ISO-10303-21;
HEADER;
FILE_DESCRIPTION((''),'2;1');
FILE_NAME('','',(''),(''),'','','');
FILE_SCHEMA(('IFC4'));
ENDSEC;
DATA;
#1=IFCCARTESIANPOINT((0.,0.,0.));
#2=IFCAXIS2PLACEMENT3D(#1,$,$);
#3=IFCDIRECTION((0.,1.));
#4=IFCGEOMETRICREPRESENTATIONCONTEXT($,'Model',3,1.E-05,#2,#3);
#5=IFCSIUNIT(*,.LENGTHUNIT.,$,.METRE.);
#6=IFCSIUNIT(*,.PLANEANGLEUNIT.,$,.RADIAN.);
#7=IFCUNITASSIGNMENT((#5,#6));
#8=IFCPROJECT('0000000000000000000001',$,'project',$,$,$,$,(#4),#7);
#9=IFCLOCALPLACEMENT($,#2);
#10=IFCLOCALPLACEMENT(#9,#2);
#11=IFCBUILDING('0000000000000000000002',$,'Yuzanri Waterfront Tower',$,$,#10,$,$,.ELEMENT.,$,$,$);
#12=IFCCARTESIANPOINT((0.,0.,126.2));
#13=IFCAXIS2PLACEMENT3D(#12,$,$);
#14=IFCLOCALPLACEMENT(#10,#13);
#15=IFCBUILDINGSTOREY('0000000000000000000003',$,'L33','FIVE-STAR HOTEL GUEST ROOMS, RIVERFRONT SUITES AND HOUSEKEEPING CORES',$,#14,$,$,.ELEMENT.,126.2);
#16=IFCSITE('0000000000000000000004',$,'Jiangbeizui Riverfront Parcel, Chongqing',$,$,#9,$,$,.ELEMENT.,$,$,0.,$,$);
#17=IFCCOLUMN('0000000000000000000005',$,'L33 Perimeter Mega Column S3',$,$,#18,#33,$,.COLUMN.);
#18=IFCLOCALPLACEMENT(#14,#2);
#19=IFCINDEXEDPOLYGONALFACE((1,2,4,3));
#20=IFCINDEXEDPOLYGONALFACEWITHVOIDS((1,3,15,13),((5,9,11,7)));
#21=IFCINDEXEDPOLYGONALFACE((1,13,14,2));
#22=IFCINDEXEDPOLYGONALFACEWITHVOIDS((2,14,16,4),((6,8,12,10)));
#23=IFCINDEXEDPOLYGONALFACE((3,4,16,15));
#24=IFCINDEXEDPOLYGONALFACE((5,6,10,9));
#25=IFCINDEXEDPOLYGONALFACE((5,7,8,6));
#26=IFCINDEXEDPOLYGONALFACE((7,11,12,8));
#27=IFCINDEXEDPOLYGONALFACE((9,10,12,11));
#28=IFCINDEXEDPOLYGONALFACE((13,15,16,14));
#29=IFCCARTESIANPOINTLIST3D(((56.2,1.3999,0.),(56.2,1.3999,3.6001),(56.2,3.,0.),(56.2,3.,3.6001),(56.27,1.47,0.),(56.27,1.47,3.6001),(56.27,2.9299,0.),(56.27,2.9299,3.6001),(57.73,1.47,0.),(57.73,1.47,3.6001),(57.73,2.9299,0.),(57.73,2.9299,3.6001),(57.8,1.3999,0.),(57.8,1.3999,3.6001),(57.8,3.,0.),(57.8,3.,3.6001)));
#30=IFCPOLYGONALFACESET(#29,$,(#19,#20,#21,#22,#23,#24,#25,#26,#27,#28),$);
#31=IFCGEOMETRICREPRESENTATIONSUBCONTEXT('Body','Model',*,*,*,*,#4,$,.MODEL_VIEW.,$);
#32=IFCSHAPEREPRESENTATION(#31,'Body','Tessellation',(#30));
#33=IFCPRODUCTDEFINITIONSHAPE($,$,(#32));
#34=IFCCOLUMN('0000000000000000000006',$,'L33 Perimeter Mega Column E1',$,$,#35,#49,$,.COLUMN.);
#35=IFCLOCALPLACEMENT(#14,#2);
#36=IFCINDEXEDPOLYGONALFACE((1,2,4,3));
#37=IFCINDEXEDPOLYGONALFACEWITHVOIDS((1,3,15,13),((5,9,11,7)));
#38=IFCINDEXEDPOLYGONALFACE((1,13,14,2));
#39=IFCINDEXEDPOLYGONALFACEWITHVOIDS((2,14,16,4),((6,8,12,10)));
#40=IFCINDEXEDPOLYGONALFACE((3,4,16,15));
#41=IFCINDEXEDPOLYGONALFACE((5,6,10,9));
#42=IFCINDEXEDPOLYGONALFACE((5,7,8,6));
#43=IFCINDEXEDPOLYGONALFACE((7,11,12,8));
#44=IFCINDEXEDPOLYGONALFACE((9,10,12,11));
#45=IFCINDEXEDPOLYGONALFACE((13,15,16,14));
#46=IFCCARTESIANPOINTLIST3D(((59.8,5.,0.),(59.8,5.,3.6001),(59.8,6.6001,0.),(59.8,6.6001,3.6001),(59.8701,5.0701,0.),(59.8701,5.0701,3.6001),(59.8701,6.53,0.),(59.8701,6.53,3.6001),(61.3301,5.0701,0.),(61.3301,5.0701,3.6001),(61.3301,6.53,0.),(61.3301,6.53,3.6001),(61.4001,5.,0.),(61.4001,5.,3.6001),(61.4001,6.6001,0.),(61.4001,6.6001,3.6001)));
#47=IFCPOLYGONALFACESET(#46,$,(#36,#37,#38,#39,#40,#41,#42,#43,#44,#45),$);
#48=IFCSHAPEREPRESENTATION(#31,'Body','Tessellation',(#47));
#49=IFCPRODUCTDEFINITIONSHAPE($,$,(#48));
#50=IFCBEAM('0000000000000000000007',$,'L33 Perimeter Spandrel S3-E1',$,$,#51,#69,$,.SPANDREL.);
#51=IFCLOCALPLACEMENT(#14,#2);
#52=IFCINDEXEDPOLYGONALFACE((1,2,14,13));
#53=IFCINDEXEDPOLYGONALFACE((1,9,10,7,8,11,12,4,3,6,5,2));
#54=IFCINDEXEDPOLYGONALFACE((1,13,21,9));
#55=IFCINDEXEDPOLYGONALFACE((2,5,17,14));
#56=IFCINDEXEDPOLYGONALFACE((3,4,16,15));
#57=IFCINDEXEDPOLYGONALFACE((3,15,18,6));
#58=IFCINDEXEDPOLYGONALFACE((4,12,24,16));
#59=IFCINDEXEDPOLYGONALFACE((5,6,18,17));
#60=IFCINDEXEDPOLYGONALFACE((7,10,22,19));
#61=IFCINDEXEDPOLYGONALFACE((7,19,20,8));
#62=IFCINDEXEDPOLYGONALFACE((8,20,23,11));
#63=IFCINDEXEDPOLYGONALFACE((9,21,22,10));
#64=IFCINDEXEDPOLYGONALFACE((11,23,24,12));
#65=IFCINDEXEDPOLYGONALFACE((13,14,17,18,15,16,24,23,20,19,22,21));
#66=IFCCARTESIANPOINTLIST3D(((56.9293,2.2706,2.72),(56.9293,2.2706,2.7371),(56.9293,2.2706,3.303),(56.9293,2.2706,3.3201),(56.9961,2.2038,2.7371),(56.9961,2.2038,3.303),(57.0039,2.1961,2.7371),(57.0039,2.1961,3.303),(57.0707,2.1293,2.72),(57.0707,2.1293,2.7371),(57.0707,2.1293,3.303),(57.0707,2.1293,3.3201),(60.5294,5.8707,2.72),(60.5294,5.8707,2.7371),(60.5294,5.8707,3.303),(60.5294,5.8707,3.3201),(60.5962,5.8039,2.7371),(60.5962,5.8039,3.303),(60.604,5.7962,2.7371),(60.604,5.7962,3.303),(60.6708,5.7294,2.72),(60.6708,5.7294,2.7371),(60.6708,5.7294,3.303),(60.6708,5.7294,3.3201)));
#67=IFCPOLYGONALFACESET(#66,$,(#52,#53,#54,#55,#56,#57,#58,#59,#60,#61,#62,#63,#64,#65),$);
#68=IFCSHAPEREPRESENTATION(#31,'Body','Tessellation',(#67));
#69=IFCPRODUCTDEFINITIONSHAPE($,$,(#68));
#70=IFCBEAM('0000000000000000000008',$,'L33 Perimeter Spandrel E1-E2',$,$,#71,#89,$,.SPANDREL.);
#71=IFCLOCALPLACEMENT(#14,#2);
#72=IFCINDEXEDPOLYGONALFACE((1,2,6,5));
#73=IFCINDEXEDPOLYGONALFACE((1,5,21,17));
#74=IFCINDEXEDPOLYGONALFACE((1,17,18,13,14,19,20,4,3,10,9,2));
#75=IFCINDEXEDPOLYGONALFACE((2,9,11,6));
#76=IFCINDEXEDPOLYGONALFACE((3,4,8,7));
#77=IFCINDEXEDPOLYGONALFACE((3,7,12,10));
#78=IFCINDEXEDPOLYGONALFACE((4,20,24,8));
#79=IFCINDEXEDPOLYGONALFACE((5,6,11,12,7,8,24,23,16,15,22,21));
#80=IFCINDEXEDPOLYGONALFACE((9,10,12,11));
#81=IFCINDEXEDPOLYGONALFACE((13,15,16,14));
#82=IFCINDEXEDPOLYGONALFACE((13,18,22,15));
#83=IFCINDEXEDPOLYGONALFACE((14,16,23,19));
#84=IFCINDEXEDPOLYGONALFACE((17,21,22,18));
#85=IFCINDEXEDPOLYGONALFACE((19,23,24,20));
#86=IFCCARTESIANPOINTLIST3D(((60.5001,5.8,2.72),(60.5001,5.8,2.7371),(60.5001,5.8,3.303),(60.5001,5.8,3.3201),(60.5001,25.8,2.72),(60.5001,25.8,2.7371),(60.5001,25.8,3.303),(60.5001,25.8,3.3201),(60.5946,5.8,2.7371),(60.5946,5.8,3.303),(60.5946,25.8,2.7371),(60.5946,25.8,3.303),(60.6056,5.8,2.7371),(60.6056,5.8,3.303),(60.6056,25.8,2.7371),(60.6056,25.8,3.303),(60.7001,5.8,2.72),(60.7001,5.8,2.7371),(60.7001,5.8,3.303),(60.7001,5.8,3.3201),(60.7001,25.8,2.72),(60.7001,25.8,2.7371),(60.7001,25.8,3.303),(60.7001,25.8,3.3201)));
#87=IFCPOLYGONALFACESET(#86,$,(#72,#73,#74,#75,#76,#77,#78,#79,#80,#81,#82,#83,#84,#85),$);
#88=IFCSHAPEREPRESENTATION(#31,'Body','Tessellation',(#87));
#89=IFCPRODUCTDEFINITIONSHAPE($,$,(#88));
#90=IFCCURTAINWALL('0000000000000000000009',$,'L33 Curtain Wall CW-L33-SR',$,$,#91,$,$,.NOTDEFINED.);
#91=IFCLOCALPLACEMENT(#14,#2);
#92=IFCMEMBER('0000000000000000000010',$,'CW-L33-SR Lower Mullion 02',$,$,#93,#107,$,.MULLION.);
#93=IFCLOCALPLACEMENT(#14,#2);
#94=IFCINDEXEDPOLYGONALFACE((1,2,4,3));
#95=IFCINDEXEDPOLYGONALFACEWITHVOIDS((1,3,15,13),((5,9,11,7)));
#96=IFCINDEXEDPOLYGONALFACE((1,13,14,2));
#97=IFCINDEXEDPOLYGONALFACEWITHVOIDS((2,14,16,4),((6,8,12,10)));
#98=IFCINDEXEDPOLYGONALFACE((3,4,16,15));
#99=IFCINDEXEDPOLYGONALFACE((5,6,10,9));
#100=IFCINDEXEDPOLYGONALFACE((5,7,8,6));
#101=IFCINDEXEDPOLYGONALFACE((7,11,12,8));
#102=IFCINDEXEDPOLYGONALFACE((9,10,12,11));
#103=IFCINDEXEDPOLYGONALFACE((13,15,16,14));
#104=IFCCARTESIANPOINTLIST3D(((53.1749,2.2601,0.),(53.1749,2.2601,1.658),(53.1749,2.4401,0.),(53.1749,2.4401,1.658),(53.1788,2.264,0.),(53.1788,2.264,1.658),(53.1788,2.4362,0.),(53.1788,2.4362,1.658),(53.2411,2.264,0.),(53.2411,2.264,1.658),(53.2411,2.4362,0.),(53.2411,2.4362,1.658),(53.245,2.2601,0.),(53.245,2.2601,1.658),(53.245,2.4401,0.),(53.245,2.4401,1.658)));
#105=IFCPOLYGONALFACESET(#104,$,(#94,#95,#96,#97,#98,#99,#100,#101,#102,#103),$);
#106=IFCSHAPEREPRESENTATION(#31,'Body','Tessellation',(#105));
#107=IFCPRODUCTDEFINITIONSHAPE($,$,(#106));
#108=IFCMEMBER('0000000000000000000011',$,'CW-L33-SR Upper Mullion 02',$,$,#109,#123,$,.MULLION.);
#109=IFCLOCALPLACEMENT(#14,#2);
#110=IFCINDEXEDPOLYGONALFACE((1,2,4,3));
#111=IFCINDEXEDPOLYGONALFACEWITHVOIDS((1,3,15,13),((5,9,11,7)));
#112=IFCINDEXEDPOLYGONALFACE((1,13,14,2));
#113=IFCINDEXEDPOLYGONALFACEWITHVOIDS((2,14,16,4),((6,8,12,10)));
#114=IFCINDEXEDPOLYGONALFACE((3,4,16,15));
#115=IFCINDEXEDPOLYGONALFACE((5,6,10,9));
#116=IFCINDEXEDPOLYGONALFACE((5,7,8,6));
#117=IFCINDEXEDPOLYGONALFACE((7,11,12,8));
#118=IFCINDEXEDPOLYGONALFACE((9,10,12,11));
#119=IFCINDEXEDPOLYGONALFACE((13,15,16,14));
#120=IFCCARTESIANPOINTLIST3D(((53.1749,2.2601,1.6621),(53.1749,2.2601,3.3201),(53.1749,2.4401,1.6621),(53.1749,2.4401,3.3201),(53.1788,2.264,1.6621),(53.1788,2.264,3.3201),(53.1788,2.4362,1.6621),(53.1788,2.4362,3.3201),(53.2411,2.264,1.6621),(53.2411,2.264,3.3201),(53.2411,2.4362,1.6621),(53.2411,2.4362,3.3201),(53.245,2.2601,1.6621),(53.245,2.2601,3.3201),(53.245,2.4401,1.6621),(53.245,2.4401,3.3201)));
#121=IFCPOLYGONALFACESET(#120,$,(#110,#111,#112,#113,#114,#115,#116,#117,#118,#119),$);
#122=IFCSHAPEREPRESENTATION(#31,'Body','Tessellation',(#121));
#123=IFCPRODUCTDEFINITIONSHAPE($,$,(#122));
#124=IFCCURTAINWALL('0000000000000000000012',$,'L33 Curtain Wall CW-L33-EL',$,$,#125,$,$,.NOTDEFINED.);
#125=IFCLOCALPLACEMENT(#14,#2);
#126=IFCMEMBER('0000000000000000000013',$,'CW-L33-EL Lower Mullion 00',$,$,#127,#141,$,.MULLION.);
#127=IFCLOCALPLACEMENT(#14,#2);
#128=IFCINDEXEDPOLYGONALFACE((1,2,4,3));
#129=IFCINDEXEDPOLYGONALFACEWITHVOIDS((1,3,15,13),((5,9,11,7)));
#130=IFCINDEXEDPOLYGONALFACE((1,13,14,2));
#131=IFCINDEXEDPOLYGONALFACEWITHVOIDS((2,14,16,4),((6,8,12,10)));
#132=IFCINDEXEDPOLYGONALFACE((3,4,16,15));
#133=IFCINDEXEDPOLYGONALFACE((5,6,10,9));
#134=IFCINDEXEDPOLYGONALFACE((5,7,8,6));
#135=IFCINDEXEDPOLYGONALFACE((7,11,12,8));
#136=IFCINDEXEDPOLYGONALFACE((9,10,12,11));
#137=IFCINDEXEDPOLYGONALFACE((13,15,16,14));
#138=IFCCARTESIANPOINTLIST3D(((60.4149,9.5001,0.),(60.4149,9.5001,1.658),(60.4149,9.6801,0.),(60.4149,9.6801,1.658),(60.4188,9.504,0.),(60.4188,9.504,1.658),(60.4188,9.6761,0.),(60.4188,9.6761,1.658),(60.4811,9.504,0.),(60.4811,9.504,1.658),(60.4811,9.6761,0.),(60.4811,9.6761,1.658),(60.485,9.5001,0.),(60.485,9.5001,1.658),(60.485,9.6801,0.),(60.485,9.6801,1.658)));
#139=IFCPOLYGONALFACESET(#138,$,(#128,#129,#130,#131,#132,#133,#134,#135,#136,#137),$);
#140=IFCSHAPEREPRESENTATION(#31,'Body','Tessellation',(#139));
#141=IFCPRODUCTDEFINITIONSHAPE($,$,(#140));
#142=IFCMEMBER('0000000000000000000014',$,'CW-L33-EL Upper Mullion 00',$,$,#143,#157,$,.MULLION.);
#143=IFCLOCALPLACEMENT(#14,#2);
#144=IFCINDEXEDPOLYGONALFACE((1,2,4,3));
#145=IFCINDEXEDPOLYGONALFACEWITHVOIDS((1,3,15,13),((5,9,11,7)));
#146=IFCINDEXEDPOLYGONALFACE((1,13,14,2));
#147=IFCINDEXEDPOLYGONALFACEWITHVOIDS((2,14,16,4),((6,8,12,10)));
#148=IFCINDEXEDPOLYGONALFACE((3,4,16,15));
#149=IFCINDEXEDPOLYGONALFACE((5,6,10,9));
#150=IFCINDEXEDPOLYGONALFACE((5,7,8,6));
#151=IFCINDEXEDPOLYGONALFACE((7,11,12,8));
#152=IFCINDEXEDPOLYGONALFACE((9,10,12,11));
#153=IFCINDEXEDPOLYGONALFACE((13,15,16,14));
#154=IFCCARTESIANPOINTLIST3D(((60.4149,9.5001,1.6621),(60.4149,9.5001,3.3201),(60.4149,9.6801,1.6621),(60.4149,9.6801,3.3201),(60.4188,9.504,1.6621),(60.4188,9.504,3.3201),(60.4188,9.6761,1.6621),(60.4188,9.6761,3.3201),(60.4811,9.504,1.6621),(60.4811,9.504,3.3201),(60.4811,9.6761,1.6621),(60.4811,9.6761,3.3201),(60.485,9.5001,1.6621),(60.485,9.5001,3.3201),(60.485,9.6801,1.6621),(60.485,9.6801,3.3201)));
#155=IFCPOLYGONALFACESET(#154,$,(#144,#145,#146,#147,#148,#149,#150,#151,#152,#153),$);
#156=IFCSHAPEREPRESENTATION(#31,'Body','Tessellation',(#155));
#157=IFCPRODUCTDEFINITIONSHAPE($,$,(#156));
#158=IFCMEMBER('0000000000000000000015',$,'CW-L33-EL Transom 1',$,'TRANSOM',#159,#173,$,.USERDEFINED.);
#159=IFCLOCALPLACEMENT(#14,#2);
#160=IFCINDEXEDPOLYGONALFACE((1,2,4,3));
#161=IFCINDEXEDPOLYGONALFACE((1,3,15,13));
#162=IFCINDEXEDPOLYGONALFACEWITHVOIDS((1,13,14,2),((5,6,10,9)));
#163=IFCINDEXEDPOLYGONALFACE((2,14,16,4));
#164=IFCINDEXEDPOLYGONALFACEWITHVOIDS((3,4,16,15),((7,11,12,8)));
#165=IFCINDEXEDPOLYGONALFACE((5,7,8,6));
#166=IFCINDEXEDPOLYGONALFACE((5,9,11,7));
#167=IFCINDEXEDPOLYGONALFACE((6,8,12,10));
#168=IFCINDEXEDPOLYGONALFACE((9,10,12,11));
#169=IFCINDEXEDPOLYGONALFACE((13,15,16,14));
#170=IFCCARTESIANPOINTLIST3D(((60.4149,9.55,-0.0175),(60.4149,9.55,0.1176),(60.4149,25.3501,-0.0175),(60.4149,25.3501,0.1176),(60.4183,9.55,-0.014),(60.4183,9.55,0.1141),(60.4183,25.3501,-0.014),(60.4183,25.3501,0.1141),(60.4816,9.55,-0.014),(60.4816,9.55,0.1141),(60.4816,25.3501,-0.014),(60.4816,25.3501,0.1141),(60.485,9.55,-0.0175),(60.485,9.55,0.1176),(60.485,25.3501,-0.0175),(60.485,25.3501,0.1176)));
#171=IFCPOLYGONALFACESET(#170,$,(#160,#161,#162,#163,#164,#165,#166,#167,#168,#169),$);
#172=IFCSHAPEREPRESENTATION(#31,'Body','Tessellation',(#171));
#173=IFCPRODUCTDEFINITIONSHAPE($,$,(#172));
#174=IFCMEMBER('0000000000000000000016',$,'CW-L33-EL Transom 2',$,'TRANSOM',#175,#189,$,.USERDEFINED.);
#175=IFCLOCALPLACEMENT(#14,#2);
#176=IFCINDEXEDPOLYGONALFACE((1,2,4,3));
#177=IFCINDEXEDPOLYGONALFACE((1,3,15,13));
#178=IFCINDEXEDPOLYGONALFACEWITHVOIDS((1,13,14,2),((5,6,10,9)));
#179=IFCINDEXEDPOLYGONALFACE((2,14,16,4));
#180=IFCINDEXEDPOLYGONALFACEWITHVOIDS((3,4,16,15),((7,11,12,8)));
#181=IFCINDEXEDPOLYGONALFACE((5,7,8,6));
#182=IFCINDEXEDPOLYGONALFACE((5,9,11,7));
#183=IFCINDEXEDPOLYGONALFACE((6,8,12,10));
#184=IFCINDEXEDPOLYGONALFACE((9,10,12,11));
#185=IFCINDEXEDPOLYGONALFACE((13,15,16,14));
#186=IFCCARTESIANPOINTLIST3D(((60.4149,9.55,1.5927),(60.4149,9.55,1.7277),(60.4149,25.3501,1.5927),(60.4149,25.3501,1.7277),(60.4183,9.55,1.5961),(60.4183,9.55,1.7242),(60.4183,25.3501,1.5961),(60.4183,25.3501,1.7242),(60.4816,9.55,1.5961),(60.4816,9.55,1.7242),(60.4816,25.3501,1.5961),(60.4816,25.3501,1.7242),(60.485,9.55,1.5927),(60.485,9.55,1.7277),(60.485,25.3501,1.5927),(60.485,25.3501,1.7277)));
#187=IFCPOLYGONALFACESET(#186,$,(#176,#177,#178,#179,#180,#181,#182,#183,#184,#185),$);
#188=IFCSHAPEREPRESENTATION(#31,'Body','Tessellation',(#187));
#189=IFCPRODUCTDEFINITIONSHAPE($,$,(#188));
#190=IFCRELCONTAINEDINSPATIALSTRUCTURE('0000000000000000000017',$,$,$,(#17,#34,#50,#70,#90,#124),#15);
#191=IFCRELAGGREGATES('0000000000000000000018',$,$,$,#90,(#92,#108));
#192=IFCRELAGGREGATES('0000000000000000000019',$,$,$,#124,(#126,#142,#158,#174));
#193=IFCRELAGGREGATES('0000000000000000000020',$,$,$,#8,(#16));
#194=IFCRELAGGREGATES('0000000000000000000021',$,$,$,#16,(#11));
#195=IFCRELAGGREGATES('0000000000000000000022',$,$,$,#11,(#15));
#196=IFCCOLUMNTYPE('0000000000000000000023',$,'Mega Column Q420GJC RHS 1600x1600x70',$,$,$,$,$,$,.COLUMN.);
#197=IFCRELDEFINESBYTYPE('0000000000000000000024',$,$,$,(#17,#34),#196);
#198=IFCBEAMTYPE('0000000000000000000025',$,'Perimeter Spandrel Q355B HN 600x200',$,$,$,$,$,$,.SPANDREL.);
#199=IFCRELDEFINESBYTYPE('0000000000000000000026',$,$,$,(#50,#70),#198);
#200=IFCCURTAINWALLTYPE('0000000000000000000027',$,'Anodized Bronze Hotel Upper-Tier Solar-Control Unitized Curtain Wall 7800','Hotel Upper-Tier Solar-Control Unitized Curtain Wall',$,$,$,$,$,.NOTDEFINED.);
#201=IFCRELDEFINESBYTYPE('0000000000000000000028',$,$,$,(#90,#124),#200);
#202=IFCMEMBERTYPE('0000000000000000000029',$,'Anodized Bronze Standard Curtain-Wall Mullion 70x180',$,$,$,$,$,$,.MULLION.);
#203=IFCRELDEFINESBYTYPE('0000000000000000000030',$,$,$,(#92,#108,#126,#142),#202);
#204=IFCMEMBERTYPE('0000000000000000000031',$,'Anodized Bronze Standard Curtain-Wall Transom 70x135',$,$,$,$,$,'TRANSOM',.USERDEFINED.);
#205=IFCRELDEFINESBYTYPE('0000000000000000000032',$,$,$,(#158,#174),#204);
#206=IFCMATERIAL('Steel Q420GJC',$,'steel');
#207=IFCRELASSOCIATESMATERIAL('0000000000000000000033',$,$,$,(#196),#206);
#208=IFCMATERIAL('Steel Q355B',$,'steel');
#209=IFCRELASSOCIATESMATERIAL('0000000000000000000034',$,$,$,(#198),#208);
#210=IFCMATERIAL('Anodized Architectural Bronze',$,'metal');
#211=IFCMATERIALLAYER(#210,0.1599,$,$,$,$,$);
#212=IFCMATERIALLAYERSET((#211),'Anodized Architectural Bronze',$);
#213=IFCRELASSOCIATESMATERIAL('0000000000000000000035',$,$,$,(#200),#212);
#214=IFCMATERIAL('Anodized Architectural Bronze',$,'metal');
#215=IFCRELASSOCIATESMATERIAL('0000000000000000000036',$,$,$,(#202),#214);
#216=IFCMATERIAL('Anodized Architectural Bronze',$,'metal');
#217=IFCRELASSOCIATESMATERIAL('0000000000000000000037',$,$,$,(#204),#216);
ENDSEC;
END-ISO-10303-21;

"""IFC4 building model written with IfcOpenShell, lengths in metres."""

from ifc_helpers import new_model, si_unit, direction, frame, origin, origin_2d, place, context, subcontext, project, spatial, hollow_rectangle, i_section, extrude, source, transform, mapped, material, layer, layer_set, material_profile, profile_set, type_object, element, aggregate, save


model = new_model("IFC4")

# Units and contexts
model_context = context("Model", 3, precision=1e-05, world=origin(), true_north=direction((0.0, 1.0)))
body_context = subcontext(model_context, "Body", "Model", "MODEL_VIEW")
ifc_project = project(units=[si_unit("LENGTHUNIT", "METRE"), si_unit("PLANEANGLEUNIT", "RADIAN")], contexts=[model_context])

# Site, building, storey
site_placement = place(None, origin())
site = spatial("IfcSite", under=ifc_project, at=site_placement, Name="Jiangbeizui Riverfront Parcel, Chongqing", CompositionType="ELEMENT", RefElevation=0.0)
building_placement = place(site_placement, origin())
building = spatial("IfcBuilding", under=site, at=building_placement, Name="Yuzanri Waterfront Tower", CompositionType="ELEMENT")
storey_placement = place(building_placement, frame((0.0, 0.0, 126.2)))
storey = spatial("IfcBuildingStorey", under=building, at=storey_placement, Name="L33", Description="FIVE-STAR HOTEL GUEST ROOMS, RIVERFRONT SUITES AND HOUSEKEEPING CORES", CompositionType="ELEMENT", Elevation=126.2)

# Columns
ifc_material_1 = material(Name="Steel Q420GJC", Category="steel")
ifc_material_profile_1 = material_profile(ifc_material_1, hollow_rectangle(XDim=1.6001, YDim=1.6001, WallThickness=0.0701, at=origin_2d()), Name="RHS 1600x1600x70")
ifc_profile_set_1 = profile_set([ifc_material_profile_1], Name="Steel Q420GJC")
column_type = type_object("IfcColumnType", Name="Mega Column Q420GJC RHS 1600x1600x70", PredefinedType="COLUMN", material=ifc_profile_set_1)
shared_shape_1 = source(origin(), body_context, "Body", "SweptSolid", [
    extrude(hollow_rectangle(XDim=1.6001, YDim=1.6001, WallThickness=0.0701, at=origin_2d()), origin(), (0.0, 0.0, 1.0), 3.6001),
])
for number, where, z_axis, x_axis, name in (
    (1, (57.0, 2.2, 0.0), (0.0, 0.0, 1.0), (1.0, 0.0, 0.0), "L33 Perimeter Mega Column S3"),
    (2, (60.6001, 5.8, 0.0), (0.0, 0.0, 1.0), (1.0, 0.0, 0.0), "L33 Perimeter Mega Column E1"),
):
    element("IfcColumn", number, at=place(storey_placement, frame(where, z_axis=z_axis, x_axis=x_axis)), inside=storey, type_object=column_type, Name=name, PredefinedType="COLUMN", context=body_context, shape_type="MappedRepresentation", body=[
        mapped(shared_shape_1, transform((0.0, 0.0, 0.0), scale=1.0)),
    ])

# Beams
ifc_material_2 = material(Name="Steel Q355B", Category="steel")
ifc_material_profile_2 = material_profile(ifc_material_2, i_section(OverallWidth=0.2, OverallDepth=0.6001, WebThickness=0.011, FlangeThickness=0.0171, at=origin_2d()), Name="HN 600x200x11x17")
ifc_profile_set_2 = profile_set([ifc_material_profile_2], Name="Steel Q355B")
beam_type = type_object("IfcBeamType", Name="Perimeter Spandrel Q355B HN 600x200", PredefinedType="SPANDREL", material=ifc_profile_set_2)
shared_shape_2 = source(origin(), body_context, "Body", "SweptSolid", [
    extrude(i_section(OverallWidth=0.2, OverallDepth=0.6001, WebThickness=0.011, FlangeThickness=0.0171, at=origin_2d()), origin(), (0.0, 0.0, 1.0), 5.0913),
])
beam_1_placement = place(storey_placement, frame((57.0, 2.2, 3.02), z_axis=(0.707107, 0.707107, 0.0), x_axis=(-0.707107, 0.707107, 0.0)))
element("IfcBeam", 3, at=beam_1_placement, inside=storey, type_object=beam_type, Name="L33 Perimeter Spandrel S3-E1", PredefinedType="SPANDREL", context=body_context, shape_type="MappedRepresentation", body=[
    mapped(shared_shape_2, transform((0.0, 0.0, 0.0), scale=1.0)),
])
shared_shape_3 = source(origin(), body_context, "Body", "SweptSolid", [
    extrude(i_section(OverallWidth=0.2, OverallDepth=0.6001, WebThickness=0.011, FlangeThickness=0.0171, at=origin_2d()), origin(), (0.0, 0.0, 1.0), 20.0),
])
beam_2_placement = place(storey_placement, frame((60.6001, 5.8, 3.02), z_axis=(0.0, 1.0, 0.0), x_axis=(-1.0, 0.0, 0.0)))
element("IfcBeam", 4, at=beam_2_placement, inside=storey, type_object=beam_type, Name="L33 Perimeter Spandrel E1-E2", PredefinedType="SPANDREL", context=body_context, shape_type="MappedRepresentation", body=[
    mapped(shared_shape_3, transform((0.0, 0.0, 0.0), scale=1.0)),
])

# Curtain walls, members
ifc_material_3 = material(Name="Anodized Architectural Bronze", Category="metal")
ifc_layer_1 = layer(ifc_material_3, 0.1599)
ifc_layer_set_1 = layer_set([ifc_layer_1], Name="Anodized Architectural Bronze")
curtain_wall_type = type_object("IfcCurtainWallType", Name="Anodized Bronze Hotel Upper-Tier Solar-Control Unitized Curtain Wall 7800", Description="Hotel Upper-Tier Solar-Control Unitized Curtain Wall", PredefinedType="NOTDEFINED", material=ifc_layer_set_1)
curtain_wall_1_placement = place(storey_placement, origin())
curtain_wall_1 = element("IfcCurtainWall", 5, at=curtain_wall_1_placement, inside=storey, type_object=curtain_wall_type, Name="L33 Curtain Wall CW-L33-SR", PredefinedType="NOTDEFINED")
ifc_material_4 = material(Name="Anodized Architectural Bronze", Category="metal")
ifc_material_profile_3 = material_profile(ifc_material_4, hollow_rectangle(XDim=0.0701, YDim=0.1799, WallThickness=0.0039, at=origin_2d()), Name="CWM 70x180")
ifc_profile_set_3 = profile_set([ifc_material_profile_3], Name="Anodized Architectural Bronze")
member_type_1 = type_object("IfcMemberType", Name="Anodized Bronze Standard Curtain-Wall Mullion 70x180", PredefinedType="MULLION", material=ifc_profile_set_3)
shared_shape_4 = source(origin(), body_context, "Body", "SweptSolid", [
    extrude(hollow_rectangle(XDim=0.0701, YDim=0.1799, WallThickness=0.0039, at=origin_2d()), origin(), (0.0, 0.0, 1.0), 1.658),
])
member_1_placement = place(storey_placement, frame((53.21, 2.3501, 0.0), z_axis=(0.0, 0.0, 1.0), x_axis=(1.0, 0.0, 0.0)))
member_1 = element("IfcMember", 6, at=member_1_placement, type_object=member_type_1, Name="CW-L33-SR Lower Mullion 02", PredefinedType="MULLION", context=body_context, shape_type="MappedRepresentation", body=[
    mapped(shared_shape_4, transform((0.0, 0.0, 0.0), scale=1.0)),
])
member_2_placement = place(storey_placement, frame((53.21, 2.3501, 1.6621), z_axis=(0.0, 0.0, 1.0), x_axis=(1.0, 0.0, 0.0)))
member_2 = element("IfcMember", 7, at=member_2_placement, type_object=member_type_1, Name="CW-L33-SR Upper Mullion 02", PredefinedType="MULLION", context=body_context, shape_type="MappedRepresentation", body=[
    mapped(shared_shape_4, transform((0.0, 0.0, 0.0), scale=1.0)),
])
aggregate(curtain_wall_1, [member_1, member_2])
curtain_wall_2_placement = place(storey_placement, origin())
curtain_wall_2 = element("IfcCurtainWall", 8, at=curtain_wall_2_placement, inside=storey, type_object=curtain_wall_type, Name="L33 Curtain Wall CW-L33-EL", PredefinedType="NOTDEFINED")
member_3_placement = place(storey_placement, frame((60.45, 9.5901, 0.0), z_axis=(0.0, 0.0, 1.0), x_axis=(1.0, 0.0, 0.0)))
member_3 = element("IfcMember", 9, at=member_3_placement, type_object=member_type_1, Name="CW-L33-EL Lower Mullion 00", PredefinedType="MULLION", context=body_context, shape_type="MappedRepresentation", body=[
    mapped(shared_shape_4, transform((0.0, 0.0, 0.0), scale=1.0)),
])
member_4_placement = place(storey_placement, frame((60.45, 9.5901, 1.6621), z_axis=(0.0, 0.0, 1.0), x_axis=(1.0, 0.0, 0.0)))
member_4 = element("IfcMember", 10, at=member_4_placement, type_object=member_type_1, Name="CW-L33-EL Upper Mullion 00", PredefinedType="MULLION", context=body_context, shape_type="MappedRepresentation", body=[
    mapped(shared_shape_4, transform((0.0, 0.0, 0.0), scale=1.0)),
])
ifc_material_5 = material(Name="Anodized Architectural Bronze", Category="metal")
ifc_material_profile_4 = material_profile(ifc_material_5, hollow_rectangle(XDim=0.0701, YDim=0.135, WallThickness=0.0034, at=origin_2d()), Name="CWT 70x135")
ifc_profile_set_4 = profile_set([ifc_material_profile_4], Name="Anodized Architectural Bronze")
member_type_2 = type_object("IfcMemberType", Name="Anodized Bronze Standard Curtain-Wall Transom 70x135", ElementType="TRANSOM", PredefinedType="USERDEFINED", material=ifc_profile_set_4)
shared_shape_5 = source(origin(), body_context, "Body", "SweptSolid", [
    extrude(hollow_rectangle(XDim=0.0701, YDim=0.135, WallThickness=0.0034, at=origin_2d()), origin(), (0.0, 0.0, 1.0), 15.8),
])
member_5_placement = place(storey_placement, frame((60.45, 9.55, 0.05), z_axis=(0.0, 1.0, 0.0), x_axis=(-1.0, 0.0, 0.0)))
member_5 = element("IfcMember", 11, at=member_5_placement, type_object=member_type_2, Name="CW-L33-EL Transom 1", ObjectType="TRANSOM", PredefinedType="USERDEFINED", context=body_context, shape_type="MappedRepresentation", body=[
    mapped(shared_shape_5, transform((0.0, 0.0, 0.0), scale=1.0)),
])
member_6_placement = place(storey_placement, frame((60.45, 9.55, 1.6602), z_axis=(0.0, 1.0, 0.0), x_axis=(-1.0, 0.0, 0.0)))
member_6 = element("IfcMember", 12, at=member_6_placement, type_object=member_type_2, Name="CW-L33-EL Transom 2", ObjectType="TRANSOM", PredefinedType="USERDEFINED", context=body_context, shape_type="MappedRepresentation", body=[
    mapped(shared_shape_5, transform((0.0, 0.0, 0.0), scale=1.0)),
])
aggregate(curtain_wall_2, [member_3, member_4, member_5, member_6])

save(model, "model.ifc")
